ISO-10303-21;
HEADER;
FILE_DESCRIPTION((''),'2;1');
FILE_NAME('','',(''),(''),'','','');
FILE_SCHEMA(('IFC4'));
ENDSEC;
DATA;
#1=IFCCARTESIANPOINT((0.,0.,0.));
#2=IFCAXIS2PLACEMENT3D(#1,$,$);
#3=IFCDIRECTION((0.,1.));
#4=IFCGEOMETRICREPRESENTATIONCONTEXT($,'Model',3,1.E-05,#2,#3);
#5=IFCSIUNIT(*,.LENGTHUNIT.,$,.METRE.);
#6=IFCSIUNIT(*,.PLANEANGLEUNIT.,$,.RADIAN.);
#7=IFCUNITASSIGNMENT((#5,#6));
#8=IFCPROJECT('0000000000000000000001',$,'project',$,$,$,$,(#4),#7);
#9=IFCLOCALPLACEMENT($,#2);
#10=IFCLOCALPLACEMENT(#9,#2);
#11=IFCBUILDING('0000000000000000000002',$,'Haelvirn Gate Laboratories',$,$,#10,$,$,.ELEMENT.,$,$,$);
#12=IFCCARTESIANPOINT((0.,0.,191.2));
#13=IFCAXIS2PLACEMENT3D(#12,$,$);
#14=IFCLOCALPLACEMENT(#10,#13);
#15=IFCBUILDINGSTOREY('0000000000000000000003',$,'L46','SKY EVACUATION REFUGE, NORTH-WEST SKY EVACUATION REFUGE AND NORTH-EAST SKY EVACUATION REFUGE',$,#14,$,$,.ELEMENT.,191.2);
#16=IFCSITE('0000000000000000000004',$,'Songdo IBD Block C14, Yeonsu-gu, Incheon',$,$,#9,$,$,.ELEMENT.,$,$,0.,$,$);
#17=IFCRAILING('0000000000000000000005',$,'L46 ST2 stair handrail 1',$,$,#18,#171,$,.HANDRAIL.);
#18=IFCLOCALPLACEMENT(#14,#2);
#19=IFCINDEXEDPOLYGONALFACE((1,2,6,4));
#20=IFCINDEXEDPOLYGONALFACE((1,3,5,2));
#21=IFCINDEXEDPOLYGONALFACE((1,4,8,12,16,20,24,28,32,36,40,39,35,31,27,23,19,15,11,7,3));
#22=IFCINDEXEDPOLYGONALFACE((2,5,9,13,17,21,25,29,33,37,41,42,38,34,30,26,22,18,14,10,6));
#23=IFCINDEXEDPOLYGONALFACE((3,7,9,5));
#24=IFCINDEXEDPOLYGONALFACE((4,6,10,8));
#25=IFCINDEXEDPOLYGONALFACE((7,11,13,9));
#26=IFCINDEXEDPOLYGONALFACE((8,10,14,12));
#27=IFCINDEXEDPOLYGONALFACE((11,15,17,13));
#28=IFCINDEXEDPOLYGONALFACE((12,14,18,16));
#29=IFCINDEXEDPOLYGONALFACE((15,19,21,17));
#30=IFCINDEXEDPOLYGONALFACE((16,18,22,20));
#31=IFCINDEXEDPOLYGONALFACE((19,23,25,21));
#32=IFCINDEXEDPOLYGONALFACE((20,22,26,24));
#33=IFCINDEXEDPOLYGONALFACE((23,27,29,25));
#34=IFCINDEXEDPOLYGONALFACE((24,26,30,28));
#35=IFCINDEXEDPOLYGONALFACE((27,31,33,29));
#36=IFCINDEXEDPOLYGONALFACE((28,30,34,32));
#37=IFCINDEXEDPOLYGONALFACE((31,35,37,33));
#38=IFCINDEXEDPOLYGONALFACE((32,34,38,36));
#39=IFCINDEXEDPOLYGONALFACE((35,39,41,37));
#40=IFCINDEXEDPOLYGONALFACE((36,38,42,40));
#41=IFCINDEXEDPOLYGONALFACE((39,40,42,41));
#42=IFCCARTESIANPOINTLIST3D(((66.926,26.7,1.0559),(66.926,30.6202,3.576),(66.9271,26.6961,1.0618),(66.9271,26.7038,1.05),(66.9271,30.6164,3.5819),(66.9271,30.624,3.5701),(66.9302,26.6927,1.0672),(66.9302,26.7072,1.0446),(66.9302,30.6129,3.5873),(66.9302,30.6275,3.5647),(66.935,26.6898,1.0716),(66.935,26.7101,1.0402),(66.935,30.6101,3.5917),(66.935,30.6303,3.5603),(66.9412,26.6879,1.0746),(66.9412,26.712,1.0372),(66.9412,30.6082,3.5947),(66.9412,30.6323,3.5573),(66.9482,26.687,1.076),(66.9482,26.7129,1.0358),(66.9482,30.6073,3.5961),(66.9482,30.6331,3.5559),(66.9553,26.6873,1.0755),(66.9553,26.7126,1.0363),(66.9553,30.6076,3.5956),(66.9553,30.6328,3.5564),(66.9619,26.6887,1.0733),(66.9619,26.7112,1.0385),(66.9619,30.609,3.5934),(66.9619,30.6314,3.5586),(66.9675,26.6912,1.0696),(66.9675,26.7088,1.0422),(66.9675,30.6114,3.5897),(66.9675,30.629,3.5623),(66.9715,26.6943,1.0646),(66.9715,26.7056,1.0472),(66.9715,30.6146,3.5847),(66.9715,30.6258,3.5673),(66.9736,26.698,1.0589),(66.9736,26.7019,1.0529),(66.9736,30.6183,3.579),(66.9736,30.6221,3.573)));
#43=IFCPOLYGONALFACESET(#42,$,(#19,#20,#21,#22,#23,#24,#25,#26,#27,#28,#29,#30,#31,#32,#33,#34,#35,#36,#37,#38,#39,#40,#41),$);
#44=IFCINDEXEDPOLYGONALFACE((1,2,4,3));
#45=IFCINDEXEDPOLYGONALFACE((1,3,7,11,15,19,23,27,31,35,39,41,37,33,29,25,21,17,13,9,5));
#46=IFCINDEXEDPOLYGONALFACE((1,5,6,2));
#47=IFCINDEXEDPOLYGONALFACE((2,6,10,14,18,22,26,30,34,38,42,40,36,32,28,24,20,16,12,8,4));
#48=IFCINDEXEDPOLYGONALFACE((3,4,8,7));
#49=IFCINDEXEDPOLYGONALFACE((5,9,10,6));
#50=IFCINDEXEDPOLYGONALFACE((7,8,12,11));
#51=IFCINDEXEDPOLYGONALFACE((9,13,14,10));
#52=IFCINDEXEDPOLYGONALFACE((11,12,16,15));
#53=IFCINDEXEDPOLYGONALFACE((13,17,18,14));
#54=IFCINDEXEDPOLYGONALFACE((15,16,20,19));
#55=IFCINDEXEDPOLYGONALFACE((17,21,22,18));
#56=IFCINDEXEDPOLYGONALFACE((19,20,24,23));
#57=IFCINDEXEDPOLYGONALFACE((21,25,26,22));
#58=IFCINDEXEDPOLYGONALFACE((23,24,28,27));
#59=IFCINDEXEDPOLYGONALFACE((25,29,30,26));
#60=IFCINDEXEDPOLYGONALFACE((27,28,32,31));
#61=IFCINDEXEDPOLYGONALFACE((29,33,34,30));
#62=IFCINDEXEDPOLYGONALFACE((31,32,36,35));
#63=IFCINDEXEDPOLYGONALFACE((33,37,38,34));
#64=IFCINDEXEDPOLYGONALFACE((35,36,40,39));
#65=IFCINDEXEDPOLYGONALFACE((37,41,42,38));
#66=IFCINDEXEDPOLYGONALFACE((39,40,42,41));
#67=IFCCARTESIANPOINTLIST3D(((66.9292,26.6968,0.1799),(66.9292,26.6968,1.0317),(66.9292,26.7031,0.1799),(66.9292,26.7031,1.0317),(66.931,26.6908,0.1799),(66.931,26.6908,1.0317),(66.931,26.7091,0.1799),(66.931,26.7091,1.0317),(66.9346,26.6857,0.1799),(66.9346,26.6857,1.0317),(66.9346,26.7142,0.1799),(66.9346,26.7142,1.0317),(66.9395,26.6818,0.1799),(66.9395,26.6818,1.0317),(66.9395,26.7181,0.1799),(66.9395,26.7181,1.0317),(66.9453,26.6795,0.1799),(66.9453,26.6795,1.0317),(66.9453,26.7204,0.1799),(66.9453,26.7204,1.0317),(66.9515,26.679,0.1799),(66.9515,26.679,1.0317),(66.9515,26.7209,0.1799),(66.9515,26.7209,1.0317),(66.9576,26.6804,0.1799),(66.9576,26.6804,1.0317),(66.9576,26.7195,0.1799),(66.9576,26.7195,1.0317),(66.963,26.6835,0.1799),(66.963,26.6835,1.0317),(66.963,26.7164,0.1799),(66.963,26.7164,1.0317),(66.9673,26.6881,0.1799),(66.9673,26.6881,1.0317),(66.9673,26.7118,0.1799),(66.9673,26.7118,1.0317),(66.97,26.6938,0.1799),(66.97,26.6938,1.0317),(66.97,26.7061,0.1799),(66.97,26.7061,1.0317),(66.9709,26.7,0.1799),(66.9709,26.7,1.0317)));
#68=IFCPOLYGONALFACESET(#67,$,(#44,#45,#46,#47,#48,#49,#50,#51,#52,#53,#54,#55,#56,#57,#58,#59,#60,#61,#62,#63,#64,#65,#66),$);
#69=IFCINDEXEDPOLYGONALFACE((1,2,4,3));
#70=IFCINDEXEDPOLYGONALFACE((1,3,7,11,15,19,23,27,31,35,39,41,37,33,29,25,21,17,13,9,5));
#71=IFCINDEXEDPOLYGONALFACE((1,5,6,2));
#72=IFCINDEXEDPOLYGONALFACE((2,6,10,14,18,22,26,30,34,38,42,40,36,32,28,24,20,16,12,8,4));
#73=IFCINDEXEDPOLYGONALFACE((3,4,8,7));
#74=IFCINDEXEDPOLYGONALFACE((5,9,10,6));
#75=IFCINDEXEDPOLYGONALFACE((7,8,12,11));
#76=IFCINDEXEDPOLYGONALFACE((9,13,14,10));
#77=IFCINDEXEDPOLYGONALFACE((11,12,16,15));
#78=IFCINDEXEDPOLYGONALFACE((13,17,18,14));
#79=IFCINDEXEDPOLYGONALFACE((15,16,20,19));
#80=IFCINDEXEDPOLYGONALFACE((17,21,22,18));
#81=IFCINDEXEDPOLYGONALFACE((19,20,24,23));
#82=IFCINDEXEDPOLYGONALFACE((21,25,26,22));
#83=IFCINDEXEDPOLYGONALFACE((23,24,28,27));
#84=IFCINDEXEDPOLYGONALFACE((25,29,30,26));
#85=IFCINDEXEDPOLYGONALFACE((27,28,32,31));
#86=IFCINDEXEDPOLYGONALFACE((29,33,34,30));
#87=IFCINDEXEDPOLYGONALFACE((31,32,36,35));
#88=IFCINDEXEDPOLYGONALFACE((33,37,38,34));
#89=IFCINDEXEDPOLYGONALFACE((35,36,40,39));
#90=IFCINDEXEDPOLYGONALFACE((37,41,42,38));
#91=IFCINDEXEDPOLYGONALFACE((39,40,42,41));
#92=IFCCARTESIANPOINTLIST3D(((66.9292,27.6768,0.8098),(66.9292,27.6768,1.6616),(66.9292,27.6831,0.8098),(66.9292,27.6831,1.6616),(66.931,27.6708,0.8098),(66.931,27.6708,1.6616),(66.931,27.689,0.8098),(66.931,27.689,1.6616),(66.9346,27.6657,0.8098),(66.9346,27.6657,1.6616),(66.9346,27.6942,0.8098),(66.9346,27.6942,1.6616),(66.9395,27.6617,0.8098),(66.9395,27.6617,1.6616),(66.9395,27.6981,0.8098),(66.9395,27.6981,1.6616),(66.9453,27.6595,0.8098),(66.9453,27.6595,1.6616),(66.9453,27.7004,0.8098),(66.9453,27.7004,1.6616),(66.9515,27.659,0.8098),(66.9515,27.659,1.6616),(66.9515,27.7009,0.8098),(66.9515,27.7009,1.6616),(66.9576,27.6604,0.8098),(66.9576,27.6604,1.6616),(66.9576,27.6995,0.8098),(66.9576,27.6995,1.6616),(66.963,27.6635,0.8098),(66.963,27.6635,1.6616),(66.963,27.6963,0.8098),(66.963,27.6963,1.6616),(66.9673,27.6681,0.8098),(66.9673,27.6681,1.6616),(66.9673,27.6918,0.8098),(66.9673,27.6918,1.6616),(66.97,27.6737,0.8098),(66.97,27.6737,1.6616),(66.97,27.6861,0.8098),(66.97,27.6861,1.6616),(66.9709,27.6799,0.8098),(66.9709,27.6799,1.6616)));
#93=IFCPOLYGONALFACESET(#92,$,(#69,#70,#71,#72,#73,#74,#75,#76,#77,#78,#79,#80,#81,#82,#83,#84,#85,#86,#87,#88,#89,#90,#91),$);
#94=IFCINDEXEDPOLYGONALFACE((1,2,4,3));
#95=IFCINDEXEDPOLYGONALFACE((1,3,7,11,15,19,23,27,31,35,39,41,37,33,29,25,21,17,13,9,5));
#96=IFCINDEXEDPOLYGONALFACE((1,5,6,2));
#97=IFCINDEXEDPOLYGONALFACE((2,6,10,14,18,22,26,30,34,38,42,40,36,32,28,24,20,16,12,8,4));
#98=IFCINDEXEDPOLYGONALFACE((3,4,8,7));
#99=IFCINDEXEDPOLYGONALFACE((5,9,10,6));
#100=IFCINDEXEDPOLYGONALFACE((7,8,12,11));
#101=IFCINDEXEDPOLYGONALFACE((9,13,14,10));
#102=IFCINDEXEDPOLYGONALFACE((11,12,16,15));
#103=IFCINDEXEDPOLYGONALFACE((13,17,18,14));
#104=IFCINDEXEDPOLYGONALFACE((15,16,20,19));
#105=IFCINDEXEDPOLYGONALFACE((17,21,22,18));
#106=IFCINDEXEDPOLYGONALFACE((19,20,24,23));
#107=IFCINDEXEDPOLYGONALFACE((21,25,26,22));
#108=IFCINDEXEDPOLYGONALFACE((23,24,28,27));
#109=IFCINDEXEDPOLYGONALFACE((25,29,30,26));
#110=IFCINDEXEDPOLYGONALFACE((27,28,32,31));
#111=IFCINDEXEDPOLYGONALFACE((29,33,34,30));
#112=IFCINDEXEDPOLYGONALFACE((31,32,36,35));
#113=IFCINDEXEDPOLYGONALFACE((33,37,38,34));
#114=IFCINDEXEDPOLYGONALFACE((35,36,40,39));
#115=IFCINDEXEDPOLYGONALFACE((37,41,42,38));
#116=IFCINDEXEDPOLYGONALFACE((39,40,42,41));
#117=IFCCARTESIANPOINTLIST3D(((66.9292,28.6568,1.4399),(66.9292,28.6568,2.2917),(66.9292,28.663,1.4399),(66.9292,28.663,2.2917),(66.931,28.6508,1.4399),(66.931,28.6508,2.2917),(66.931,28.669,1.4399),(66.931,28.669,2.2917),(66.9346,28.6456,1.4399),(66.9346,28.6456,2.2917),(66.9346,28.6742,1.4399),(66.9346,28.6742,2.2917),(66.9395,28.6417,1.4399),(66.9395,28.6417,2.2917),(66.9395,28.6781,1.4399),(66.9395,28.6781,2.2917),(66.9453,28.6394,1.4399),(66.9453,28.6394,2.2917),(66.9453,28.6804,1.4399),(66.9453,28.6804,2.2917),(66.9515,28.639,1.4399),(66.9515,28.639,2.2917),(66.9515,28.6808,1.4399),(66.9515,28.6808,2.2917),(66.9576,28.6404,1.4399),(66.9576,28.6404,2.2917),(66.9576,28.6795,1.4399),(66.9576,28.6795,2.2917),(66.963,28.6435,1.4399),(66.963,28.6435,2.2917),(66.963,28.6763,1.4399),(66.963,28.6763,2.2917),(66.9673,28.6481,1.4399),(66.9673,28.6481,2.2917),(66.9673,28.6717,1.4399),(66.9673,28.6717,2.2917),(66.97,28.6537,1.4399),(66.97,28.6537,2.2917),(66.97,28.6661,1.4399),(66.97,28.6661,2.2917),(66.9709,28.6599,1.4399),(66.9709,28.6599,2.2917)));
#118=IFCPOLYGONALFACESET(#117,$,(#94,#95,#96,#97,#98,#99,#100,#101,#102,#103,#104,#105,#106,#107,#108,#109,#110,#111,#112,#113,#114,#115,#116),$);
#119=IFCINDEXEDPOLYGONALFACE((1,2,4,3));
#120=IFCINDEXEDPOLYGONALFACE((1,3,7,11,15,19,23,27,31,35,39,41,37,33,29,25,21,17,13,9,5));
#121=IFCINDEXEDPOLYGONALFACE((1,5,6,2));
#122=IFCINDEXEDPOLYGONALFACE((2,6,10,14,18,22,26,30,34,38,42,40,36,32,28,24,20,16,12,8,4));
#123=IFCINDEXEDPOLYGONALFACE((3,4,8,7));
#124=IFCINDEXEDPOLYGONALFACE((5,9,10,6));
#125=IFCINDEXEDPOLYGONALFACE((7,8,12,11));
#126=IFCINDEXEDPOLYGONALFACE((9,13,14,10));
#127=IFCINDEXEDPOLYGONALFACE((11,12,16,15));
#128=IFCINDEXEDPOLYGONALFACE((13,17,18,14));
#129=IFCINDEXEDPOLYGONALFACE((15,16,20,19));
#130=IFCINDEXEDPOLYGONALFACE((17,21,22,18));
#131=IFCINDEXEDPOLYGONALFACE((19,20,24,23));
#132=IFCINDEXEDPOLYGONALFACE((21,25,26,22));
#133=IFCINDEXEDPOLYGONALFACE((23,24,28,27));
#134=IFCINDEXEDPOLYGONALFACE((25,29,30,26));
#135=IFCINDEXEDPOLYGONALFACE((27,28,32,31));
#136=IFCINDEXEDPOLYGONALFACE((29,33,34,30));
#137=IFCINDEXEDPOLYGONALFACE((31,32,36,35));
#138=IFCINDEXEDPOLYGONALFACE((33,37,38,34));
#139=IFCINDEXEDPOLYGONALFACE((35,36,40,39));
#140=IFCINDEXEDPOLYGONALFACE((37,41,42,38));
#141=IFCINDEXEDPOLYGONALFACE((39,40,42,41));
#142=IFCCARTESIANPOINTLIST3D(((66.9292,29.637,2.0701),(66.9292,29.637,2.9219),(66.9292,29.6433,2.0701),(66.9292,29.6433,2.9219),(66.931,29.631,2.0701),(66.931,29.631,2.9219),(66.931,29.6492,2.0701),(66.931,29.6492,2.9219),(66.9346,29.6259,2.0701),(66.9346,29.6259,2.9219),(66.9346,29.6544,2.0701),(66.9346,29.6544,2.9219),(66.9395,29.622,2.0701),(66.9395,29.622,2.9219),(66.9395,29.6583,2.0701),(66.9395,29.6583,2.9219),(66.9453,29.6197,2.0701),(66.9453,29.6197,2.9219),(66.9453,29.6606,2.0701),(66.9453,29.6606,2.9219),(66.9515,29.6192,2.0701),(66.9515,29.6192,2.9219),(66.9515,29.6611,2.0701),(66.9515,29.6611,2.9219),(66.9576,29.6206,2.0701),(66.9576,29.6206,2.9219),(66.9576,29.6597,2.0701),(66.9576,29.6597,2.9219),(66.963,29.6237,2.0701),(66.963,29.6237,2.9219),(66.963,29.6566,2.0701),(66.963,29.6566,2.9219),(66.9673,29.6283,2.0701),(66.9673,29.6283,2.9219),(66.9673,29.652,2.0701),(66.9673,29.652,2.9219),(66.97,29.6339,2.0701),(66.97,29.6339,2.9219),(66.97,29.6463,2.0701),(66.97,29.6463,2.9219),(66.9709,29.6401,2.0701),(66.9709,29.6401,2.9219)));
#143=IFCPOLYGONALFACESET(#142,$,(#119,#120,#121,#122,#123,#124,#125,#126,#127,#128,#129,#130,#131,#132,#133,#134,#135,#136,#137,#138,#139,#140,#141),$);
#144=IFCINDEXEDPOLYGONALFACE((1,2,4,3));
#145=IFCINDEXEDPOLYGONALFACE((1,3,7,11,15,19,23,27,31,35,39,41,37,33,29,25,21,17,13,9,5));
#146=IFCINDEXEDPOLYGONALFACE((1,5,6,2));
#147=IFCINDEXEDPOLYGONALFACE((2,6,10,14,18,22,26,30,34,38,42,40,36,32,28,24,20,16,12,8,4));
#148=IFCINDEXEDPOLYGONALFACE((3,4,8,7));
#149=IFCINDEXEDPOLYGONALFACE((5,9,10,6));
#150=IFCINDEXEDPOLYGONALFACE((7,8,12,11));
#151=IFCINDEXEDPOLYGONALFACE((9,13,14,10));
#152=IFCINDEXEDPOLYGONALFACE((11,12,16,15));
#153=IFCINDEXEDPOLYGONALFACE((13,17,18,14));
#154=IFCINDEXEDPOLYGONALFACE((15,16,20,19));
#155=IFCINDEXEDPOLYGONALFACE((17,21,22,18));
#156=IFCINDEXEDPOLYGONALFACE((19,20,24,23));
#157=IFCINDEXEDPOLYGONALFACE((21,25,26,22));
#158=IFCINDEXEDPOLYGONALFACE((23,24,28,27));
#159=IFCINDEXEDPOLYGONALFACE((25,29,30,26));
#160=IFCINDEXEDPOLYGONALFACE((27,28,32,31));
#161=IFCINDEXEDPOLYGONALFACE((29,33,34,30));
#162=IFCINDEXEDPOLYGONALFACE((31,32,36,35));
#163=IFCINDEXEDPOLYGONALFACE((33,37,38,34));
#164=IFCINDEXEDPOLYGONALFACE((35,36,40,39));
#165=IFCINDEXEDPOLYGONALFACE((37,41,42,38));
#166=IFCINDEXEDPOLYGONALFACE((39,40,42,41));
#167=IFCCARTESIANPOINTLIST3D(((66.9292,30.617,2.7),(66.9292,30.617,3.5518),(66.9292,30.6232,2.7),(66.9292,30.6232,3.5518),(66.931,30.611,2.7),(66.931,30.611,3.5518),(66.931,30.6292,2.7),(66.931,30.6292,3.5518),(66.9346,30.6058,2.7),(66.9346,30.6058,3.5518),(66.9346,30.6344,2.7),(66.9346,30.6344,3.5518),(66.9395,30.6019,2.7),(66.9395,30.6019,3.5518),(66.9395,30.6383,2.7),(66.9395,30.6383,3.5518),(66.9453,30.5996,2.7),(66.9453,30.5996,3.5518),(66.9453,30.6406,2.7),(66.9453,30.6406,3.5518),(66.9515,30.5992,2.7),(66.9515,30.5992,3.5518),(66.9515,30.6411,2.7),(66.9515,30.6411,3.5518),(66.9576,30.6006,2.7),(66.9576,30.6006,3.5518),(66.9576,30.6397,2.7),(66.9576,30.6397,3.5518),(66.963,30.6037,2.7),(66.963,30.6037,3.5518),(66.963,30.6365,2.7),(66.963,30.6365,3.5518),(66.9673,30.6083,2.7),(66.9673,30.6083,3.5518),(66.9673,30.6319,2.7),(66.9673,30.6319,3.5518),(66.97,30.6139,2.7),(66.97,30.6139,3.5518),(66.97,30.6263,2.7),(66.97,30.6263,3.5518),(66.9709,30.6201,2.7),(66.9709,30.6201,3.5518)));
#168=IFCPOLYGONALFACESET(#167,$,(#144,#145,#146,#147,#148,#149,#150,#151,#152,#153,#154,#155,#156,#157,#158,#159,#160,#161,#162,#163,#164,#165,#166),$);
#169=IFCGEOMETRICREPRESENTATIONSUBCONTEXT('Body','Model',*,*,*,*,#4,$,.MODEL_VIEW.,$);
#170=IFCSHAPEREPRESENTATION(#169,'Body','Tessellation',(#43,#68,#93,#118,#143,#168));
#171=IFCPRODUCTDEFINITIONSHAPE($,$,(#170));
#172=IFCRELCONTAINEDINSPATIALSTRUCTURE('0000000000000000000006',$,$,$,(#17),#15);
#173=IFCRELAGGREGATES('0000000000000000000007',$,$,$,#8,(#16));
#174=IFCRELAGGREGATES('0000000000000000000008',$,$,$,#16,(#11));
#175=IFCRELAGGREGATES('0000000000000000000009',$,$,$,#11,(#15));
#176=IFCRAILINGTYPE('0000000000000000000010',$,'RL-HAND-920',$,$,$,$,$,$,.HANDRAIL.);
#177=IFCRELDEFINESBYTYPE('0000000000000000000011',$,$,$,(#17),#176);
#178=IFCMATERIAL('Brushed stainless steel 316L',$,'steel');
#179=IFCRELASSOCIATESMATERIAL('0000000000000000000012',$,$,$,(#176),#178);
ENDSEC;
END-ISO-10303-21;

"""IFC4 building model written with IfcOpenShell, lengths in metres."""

from ifc_helpers import new_model, si_unit, direction, frame, origin, origin_2d, place, context, subcontext, project, spatial, circle, extrude, source, transform, mapped, material, type_object, element, save


model = new_model("IFC4")

# Units and contexts
model_context = context("Model", 3, precision=1e-05, world=origin(), true_north=direction((0.0, 1.0)))
body_context = subcontext(model_context, "Body", "Model", "MODEL_VIEW")
ifc_project = project(units=[si_unit("LENGTHUNIT", "METRE"), si_unit("PLANEANGLEUNIT", "RADIAN")], contexts=[model_context])

# Site, building, storey
site_placement = place(None, origin())
site = spatial("IfcSite", under=ifc_project, at=site_placement, Name="Songdo IBD Block C14, Yeonsu-gu, Incheon", CompositionType="ELEMENT", RefElevation=0.0)
building_placement = place(site_placement, origin())
building = spatial("IfcBuilding", under=site, at=building_placement, Name="Haelvirn Gate Laboratories", CompositionType="ELEMENT")
storey_placement = place(building_placement, frame((0.0, 0.0, 191.2)))
storey = spatial("IfcBuildingStorey", under=building, at=storey_placement, Name="L46", Description="SKY EVACUATION REFUGE, NORTH-WEST SKY EVACUATION REFUGE AND NORTH-EAST SKY EVACUATION REFUGE", CompositionType="ELEMENT", Elevation=191.2)

# Railing
ifc_material_1 = material(Name="Brushed stainless steel 316L", Category="steel")
railing_type_1 = type_object("IfcRailingType", Name="RL-HAND-920", PredefinedType="HANDRAIL", material=ifc_material_1)
shared_shape_1 = source(origin(), body_context, "Body", "SweptSolid", [
    extrude(circle(Radius=0.0239, at=origin_2d()), frame((0.0, 0.0, 0.876), z_axis=(0.0, 0.841187, 0.540744), x_axis=(-1.0, 0.0, 0.0)), (0.0, 0.0, 1.0), 4.6604),
    extrude(circle(Radius=0.021, at=origin_2d()), origin(), (0.0, 0.0, 1.0), 0.8518),
    extrude(circle(Radius=0.021, at=origin_2d()), frame((0.0, 0.98, 0.6299)), (0.0, 0.0, 1.0), 0.8518),
    extrude(circle(Radius=0.021, at=origin_2d()), frame((0.0, 1.96, 1.26)), (0.0, 0.0, 1.0), 0.8518),
    extrude(circle(Radius=0.021, at=origin_2d()), frame((0.0, 2.9402, 1.8901)), (0.0, 0.0, 1.0), 0.8518),
    extrude(circle(Radius=0.021, at=origin_2d()), frame((0.0, 3.9202, 2.52)), (0.0, 0.0, 1.0), 0.8518),
])
railing_1_placement = place(storey_placement, frame((66.95, 26.7, 0.1799)))
element("IfcRailing", 1, at=railing_1_placement, inside=storey, type_object=railing_type_1, Name="L46 ST2 stair handrail 1", PredefinedType="HANDRAIL", context=body_context, shape_type="MappedRepresentation", body=[
    mapped(shared_shape_1, transform((0.0, 0.0, 0.0), scale=1.0)),
])

save(model, "model.ifc")
